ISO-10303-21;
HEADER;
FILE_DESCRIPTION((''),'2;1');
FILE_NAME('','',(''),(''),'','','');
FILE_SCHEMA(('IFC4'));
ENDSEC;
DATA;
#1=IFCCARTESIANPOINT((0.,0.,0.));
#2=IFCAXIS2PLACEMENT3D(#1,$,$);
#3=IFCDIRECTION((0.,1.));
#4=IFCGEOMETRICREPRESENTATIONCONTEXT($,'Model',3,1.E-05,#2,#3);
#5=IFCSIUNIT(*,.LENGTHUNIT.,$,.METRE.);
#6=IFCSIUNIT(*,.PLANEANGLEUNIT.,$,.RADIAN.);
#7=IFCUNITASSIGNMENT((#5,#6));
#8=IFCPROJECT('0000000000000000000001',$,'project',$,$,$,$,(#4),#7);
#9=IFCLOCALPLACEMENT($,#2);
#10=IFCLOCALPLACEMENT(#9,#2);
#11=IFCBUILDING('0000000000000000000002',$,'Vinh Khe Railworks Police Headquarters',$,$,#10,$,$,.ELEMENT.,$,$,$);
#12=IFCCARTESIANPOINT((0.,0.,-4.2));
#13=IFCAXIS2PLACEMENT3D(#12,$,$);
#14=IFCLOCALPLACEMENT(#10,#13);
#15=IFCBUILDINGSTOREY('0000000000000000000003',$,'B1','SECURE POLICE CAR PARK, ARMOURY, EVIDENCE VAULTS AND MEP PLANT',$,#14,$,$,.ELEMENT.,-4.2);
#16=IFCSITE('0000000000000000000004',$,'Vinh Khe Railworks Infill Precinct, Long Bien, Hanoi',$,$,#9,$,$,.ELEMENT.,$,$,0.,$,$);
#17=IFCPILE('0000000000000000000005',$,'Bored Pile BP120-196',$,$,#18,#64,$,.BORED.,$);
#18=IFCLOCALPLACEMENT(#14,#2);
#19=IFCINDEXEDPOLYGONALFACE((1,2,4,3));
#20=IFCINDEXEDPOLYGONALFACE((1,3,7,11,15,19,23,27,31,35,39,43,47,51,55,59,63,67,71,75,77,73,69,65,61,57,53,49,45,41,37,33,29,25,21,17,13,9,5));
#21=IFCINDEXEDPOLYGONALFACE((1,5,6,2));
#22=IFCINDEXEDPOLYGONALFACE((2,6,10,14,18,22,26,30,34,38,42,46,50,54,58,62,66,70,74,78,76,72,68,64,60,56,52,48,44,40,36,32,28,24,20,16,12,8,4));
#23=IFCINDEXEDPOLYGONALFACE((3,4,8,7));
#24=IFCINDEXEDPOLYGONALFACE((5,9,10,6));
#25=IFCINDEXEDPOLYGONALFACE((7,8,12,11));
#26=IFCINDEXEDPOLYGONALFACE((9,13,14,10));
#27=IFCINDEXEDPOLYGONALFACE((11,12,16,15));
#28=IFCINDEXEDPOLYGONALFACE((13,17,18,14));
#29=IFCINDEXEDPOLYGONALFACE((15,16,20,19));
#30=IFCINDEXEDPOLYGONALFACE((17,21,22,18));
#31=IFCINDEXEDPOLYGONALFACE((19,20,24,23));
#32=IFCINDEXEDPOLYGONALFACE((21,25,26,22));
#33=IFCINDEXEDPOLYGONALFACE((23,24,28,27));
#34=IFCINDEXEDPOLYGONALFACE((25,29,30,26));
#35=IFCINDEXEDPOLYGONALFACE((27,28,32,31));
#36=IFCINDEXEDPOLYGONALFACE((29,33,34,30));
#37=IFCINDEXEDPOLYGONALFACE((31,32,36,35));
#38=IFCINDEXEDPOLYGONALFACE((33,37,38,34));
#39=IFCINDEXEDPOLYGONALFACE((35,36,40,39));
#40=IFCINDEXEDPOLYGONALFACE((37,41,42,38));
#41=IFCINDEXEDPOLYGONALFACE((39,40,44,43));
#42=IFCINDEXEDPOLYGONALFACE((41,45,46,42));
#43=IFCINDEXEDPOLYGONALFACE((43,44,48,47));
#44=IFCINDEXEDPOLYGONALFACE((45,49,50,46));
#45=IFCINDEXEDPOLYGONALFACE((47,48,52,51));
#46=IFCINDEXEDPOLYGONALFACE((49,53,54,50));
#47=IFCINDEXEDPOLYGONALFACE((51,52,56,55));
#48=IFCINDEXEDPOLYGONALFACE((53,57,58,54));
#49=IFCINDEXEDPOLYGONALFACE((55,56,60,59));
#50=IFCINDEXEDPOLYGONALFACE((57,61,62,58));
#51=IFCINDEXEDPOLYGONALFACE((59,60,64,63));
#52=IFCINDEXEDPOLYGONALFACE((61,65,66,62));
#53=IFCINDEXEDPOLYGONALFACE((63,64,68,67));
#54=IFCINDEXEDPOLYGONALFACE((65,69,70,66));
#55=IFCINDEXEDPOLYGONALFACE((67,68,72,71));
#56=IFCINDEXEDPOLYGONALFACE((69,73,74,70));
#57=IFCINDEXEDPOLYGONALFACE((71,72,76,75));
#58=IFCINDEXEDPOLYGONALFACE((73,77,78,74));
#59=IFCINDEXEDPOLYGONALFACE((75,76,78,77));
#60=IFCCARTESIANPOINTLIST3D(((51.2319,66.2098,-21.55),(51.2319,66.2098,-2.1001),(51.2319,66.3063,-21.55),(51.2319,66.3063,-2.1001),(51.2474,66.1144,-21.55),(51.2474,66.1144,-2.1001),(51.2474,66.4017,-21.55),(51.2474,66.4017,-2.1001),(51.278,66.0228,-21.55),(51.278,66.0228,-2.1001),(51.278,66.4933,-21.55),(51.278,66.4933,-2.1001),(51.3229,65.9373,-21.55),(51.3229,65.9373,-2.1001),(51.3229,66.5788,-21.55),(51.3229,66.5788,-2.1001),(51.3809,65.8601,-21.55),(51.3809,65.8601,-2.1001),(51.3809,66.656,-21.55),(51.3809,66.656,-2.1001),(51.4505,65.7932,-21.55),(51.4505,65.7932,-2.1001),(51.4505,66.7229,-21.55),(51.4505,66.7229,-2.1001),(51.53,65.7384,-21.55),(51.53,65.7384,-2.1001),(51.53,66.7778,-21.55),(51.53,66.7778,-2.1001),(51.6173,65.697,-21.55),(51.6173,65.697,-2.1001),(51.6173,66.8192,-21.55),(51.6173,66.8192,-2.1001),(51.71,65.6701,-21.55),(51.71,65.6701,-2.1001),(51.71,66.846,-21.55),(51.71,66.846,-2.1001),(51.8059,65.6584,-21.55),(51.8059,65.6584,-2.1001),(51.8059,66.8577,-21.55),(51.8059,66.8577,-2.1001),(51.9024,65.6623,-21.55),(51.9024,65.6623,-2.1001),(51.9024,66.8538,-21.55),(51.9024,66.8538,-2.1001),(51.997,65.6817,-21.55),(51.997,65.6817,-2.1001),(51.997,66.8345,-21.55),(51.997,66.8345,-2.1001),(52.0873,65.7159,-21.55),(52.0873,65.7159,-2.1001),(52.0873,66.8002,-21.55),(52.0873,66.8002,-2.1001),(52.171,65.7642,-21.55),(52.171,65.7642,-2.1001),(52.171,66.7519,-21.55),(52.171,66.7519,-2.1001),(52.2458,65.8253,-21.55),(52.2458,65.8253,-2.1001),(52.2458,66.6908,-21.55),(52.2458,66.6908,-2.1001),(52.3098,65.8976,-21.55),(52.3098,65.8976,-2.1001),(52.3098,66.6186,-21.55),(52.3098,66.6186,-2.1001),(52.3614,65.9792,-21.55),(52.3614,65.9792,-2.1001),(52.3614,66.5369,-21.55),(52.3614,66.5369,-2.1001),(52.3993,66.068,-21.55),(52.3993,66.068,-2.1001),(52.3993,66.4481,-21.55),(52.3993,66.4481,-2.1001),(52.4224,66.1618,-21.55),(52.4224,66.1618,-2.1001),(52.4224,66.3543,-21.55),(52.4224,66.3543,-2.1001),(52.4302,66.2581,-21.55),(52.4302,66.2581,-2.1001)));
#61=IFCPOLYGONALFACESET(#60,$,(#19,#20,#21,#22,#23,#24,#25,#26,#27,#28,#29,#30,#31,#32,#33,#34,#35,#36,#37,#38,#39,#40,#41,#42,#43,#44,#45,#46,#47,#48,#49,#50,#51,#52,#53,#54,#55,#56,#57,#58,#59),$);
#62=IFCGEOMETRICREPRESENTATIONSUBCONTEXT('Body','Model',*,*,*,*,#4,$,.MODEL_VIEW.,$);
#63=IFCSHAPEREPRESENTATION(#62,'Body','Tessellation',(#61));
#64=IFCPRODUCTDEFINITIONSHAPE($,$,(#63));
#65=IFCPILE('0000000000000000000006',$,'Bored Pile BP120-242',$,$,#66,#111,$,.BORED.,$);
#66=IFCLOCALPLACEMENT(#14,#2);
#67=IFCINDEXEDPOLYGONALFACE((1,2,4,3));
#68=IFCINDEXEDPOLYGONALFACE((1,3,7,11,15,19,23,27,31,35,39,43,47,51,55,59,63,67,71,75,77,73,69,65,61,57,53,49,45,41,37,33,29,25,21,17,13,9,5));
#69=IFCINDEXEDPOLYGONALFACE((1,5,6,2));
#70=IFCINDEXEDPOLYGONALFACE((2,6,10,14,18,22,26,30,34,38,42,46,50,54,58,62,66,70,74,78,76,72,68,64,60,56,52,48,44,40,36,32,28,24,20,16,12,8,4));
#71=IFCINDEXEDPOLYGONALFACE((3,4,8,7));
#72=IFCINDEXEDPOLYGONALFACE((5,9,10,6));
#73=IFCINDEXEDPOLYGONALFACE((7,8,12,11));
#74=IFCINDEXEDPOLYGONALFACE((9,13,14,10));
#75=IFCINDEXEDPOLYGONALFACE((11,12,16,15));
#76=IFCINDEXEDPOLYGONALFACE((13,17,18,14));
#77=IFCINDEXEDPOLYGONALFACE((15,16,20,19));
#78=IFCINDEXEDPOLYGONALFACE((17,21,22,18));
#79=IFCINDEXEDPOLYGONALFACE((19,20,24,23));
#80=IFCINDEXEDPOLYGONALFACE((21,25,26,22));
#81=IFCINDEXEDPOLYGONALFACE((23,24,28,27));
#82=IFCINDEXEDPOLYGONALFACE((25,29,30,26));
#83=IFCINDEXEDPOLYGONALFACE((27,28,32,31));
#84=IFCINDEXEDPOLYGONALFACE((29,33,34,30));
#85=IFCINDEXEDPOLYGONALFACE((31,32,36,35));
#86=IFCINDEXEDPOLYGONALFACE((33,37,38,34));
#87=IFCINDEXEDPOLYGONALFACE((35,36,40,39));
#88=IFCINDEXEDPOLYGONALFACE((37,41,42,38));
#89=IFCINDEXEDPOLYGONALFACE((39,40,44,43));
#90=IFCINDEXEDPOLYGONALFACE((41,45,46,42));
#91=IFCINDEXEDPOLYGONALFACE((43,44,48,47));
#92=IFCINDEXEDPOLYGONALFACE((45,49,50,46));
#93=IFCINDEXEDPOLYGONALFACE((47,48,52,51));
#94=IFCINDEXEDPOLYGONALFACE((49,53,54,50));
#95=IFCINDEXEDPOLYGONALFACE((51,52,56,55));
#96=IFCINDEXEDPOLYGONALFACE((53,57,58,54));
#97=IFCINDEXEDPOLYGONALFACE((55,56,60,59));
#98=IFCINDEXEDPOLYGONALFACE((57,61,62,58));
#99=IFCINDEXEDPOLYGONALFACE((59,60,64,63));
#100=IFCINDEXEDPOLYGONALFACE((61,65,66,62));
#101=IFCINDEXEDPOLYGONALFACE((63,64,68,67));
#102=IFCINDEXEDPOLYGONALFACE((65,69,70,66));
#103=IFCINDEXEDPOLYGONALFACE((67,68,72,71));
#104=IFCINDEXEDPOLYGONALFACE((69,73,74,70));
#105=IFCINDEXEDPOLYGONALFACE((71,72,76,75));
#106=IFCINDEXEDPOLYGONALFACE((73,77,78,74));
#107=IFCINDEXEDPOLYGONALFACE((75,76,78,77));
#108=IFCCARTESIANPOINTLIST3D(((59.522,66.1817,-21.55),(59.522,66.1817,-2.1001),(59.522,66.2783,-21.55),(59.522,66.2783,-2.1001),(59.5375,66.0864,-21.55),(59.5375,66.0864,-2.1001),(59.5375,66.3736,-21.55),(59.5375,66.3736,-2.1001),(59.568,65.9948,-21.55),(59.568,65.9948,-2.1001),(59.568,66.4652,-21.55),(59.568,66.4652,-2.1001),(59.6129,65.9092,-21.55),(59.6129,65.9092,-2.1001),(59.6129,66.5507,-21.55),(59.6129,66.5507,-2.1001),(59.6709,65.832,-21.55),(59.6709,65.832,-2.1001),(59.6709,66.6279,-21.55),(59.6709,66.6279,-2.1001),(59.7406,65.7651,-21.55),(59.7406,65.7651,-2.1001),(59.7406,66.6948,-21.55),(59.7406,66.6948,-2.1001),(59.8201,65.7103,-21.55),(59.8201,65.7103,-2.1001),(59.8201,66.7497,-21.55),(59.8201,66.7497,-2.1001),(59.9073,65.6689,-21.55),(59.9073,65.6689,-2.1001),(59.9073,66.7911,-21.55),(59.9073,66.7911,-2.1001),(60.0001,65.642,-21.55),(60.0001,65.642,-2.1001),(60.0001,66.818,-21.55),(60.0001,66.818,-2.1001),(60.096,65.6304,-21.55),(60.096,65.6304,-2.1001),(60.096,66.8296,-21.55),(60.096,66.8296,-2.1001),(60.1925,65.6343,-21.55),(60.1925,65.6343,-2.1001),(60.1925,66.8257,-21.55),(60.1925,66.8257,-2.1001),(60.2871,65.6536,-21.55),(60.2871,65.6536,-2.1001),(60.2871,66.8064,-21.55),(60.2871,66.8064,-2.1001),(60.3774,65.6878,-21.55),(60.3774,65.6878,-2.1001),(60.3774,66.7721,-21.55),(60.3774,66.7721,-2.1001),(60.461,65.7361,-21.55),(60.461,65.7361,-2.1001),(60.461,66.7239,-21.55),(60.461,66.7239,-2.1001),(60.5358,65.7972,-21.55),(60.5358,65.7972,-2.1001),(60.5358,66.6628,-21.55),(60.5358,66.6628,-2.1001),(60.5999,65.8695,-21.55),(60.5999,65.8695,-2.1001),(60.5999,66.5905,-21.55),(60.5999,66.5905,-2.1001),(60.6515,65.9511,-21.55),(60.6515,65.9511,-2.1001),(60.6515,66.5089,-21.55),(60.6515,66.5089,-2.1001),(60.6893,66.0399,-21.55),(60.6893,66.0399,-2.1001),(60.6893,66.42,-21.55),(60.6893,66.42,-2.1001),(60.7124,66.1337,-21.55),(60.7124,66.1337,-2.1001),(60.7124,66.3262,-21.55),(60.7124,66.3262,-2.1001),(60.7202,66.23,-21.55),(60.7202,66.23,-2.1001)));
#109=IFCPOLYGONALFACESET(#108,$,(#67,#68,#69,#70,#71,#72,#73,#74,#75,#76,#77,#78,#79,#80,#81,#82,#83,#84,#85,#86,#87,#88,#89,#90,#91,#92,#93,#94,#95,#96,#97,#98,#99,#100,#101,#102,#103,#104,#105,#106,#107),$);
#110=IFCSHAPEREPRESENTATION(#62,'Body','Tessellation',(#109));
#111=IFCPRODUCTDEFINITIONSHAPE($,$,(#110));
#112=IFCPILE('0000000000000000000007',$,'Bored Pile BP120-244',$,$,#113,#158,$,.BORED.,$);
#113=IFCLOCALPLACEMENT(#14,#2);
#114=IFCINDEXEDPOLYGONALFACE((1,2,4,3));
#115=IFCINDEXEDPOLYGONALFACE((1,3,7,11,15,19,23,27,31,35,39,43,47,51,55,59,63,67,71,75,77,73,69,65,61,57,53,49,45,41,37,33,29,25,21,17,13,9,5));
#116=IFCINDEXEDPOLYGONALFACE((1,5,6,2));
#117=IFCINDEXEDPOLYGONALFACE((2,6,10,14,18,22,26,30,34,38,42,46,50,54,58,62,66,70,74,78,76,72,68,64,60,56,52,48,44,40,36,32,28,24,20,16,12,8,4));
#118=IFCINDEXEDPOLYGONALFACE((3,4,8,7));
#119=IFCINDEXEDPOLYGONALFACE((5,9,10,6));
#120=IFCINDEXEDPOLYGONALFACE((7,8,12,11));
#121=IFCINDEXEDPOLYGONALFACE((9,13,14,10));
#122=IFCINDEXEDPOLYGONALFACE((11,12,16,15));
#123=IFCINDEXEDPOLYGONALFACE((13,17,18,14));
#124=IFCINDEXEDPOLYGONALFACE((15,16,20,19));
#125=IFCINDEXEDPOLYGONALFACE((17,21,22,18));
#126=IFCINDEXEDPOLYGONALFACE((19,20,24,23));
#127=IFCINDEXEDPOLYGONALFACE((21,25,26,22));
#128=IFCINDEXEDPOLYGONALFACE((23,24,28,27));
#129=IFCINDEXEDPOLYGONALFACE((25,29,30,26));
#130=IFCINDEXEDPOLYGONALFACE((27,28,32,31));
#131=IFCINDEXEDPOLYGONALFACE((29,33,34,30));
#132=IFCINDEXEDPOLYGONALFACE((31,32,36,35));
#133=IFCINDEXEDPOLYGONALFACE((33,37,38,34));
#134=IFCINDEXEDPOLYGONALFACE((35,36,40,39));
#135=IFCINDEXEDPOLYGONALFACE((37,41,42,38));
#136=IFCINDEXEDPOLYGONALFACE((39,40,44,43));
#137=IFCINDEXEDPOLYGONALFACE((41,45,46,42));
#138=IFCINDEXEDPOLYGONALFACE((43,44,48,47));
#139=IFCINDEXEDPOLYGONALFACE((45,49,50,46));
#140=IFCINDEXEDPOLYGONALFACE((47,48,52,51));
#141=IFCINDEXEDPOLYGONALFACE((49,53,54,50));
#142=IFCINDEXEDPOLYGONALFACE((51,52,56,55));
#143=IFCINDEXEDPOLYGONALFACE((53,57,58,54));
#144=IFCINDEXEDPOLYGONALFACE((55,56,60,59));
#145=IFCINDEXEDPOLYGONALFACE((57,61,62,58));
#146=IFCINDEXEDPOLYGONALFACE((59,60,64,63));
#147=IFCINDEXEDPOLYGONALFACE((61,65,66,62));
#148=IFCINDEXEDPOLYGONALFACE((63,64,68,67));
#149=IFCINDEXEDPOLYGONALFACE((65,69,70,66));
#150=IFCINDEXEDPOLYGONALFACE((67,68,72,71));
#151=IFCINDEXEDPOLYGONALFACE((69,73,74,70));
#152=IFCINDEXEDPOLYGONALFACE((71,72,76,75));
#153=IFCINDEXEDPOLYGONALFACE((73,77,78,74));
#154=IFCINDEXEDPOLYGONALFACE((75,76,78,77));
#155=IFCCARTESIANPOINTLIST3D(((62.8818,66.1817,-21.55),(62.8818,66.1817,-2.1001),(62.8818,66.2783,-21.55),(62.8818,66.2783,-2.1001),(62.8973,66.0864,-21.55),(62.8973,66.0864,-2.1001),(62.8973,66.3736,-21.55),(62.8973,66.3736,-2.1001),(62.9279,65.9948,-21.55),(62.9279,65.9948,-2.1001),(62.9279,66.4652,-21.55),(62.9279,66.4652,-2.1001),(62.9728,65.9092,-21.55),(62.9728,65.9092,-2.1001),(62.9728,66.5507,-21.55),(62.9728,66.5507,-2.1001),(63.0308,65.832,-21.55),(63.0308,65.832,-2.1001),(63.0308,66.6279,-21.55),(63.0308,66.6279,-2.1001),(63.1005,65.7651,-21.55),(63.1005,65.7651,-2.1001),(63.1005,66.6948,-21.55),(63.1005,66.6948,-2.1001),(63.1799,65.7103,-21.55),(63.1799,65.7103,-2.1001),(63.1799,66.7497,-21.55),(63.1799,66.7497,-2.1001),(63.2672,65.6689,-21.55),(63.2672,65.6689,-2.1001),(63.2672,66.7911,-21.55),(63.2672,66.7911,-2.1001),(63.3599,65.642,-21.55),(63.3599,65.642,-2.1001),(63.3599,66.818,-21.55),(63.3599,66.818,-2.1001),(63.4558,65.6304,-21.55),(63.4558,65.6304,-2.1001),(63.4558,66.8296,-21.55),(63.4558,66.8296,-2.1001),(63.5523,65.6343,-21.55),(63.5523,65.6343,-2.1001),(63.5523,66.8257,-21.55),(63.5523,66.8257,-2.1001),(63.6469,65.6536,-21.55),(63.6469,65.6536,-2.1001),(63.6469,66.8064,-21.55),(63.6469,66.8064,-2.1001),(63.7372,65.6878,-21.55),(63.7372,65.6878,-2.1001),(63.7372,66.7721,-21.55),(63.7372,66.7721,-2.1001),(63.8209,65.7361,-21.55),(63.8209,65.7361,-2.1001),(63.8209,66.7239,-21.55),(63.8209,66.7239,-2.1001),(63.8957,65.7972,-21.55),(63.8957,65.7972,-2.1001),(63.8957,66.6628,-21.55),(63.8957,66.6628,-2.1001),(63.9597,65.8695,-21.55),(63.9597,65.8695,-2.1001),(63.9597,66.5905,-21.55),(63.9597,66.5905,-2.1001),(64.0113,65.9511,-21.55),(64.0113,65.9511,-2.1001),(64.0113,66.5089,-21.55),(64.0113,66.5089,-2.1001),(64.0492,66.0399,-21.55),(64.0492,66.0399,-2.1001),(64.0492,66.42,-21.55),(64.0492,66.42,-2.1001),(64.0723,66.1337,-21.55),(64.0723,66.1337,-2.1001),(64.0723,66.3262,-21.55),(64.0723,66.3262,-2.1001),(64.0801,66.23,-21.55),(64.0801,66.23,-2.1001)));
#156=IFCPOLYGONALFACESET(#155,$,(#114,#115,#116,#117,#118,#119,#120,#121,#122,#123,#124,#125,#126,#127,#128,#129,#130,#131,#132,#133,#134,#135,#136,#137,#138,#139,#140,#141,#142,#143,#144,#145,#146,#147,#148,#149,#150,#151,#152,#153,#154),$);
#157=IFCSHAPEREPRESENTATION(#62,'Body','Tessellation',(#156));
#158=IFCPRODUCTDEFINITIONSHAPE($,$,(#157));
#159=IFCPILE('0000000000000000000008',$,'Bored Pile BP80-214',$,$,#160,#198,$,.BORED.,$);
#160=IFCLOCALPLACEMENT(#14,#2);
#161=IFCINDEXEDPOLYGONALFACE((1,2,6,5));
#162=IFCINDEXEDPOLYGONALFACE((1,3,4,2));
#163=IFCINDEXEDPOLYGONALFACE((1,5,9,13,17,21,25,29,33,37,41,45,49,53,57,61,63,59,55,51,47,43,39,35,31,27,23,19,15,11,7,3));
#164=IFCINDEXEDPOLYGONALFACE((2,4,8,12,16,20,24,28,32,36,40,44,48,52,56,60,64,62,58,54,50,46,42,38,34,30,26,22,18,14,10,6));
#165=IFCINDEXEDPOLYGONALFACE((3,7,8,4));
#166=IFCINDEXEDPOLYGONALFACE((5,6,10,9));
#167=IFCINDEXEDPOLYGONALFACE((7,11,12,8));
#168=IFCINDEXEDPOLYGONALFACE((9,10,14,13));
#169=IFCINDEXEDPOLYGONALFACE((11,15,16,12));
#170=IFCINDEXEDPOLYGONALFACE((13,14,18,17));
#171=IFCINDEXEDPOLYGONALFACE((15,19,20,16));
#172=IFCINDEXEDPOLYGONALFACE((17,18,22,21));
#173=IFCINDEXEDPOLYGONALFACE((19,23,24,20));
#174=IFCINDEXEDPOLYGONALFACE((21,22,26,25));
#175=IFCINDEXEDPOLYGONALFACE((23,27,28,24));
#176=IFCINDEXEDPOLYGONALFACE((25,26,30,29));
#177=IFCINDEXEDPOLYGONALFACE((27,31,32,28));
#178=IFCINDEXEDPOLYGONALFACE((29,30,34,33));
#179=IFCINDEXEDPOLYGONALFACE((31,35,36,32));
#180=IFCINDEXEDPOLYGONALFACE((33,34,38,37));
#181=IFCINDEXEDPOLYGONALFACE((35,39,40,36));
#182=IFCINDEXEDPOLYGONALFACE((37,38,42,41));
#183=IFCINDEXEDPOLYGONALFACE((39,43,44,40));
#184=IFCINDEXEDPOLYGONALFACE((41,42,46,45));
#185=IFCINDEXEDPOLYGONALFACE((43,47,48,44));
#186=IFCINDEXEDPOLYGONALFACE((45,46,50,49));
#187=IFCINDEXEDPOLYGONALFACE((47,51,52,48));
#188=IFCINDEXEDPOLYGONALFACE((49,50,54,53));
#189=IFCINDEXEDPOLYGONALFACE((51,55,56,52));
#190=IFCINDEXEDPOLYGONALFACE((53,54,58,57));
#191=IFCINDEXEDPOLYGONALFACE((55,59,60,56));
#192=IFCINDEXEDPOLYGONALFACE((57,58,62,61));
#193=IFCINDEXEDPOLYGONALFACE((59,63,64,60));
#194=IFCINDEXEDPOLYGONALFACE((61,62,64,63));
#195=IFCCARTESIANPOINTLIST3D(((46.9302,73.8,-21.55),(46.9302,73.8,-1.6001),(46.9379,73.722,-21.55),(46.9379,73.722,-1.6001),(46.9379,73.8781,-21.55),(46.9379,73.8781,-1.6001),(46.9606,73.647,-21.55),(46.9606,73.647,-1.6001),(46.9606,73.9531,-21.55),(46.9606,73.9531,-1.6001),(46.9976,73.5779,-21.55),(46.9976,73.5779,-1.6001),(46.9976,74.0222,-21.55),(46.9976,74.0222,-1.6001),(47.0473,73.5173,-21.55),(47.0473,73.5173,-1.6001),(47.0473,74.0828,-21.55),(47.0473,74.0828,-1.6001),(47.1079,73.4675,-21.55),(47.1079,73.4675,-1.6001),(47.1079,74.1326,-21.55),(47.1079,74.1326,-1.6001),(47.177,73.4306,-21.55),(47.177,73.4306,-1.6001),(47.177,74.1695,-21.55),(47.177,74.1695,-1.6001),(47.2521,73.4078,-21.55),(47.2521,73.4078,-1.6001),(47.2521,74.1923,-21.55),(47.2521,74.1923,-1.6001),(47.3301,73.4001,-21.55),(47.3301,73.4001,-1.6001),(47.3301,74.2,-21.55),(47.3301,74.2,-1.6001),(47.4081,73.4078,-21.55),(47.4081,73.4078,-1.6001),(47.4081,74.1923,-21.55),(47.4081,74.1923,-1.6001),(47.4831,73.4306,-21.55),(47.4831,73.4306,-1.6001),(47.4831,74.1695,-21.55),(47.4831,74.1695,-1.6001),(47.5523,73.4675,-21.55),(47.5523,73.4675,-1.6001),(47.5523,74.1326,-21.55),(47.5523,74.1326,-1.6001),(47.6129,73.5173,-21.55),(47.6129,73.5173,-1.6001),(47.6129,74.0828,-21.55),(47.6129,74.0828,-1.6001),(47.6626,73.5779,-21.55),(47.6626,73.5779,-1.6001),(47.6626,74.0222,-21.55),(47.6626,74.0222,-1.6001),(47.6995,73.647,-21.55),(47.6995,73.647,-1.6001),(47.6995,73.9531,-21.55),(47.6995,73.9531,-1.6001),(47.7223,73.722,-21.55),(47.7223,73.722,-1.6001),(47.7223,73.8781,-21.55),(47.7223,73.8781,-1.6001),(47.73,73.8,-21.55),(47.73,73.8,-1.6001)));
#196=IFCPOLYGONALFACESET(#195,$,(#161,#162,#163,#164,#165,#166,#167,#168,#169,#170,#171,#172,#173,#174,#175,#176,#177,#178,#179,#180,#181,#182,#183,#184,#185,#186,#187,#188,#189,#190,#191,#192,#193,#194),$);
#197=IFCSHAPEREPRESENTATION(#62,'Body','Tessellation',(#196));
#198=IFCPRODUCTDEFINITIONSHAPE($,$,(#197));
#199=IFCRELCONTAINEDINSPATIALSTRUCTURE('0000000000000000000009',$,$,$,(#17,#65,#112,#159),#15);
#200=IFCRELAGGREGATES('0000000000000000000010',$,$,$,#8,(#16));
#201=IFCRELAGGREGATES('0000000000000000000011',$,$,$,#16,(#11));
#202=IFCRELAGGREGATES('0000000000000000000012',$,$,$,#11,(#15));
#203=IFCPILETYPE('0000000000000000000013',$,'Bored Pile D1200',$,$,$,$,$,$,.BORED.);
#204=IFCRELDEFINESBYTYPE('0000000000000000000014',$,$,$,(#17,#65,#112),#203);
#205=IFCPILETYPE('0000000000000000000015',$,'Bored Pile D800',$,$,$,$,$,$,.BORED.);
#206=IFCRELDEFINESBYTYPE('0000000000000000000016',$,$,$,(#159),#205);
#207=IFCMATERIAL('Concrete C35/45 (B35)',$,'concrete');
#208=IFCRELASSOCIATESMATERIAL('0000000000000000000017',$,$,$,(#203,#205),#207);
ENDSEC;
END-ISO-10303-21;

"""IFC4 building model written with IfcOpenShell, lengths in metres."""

from ifc_helpers import new_model, si_unit, direction, frame, origin, origin_2d, place, context, subcontext, project, spatial, circle, extrude, material, material_profile, profile_set, type_object, element, save


model = new_model("IFC4")

# Units and contexts
model_context = context("Model", 3, precision=1e-05, world=origin(), true_north=direction((0.0, 1.0)))
body_context = subcontext(model_context, "Body", "Model", "MODEL_VIEW")
ifc_project = project(units=[si_unit("LENGTHUNIT", "METRE"), si_unit("PLANEANGLEUNIT", "RADIAN")], contexts=[model_context])

# Site, building, storey
site_placement = place(None, origin())
site = spatial("IfcSite", under=ifc_project, at=site_placement, Name="Vinh Khe Railworks Infill Precinct, Long Bien, Hanoi", CompositionType="ELEMENT", RefElevation=0.0)
building_placement = place(site_placement, origin())
building = spatial("IfcBuilding", under=site, at=building_placement, Name="Vinh Khe Railworks Police Headquarters", CompositionType="ELEMENT")
storey_placement = place(building_placement, frame((0.0, 0.0, -4.2)))
storey = spatial("IfcBuildingStorey", under=building, at=storey_placement, Name="B1", Description="SECURE POLICE CAR PARK, ARMOURY, EVIDENCE VAULTS AND MEP PLANT", CompositionType="ELEMENT", Elevation=-4.2)

# Piles
ifc_material_1 = material(Name="Concrete C35/45 (B35)", Category="concrete")
ifc_material_profile_1 = material_profile(ifc_material_1, circle(Radius=0.6001, at=origin_2d()), Name="BORED PILE D1200")
ifc_profile_set_1 = profile_set([ifc_material_profile_1], Name="Concrete C35/45 (B35)")
pile_type_1 = type_object("IfcPileType", Name="Bored Pile D1200", PredefinedType="BORED", material=ifc_profile_set_1)
for number, where, z_axis, x_axis, name in (
    (1, (51.8301, 66.2581, -2.1001), (0.0, 0.0, -1.0), (1.0, 0.0, 0.0), "Bored Pile BP120-196"),
    (2, (60.1201, 66.23, -2.1001), (0.0, 0.0, -1.0), (1.0, 0.0, 0.0), "Bored Pile BP120-242"),
    (3, (63.48, 66.23, -2.1001), (0.0, 0.0, -1.0), (1.0, 0.0, 0.0), "Bored Pile BP120-244"),
):
    element("IfcPile", number, at=place(storey_placement, frame(where, z_axis=z_axis, x_axis=x_axis)), inside=storey, type_object=pile_type_1, Name=name, PredefinedType="BORED", context=body_context, shape_type="SweptSolid", body=[
        extrude(circle(Radius=0.6001, at=origin_2d()), origin(), (0.0, 0.0, 1.0), 19.45),
    ])
ifc_material_profile_2 = material_profile(ifc_material_1, circle(Radius=0.3999, at=origin_2d()), Name="BORED PILE D800")
ifc_profile_set_2 = profile_set([ifc_material_profile_2], Name="Concrete C35/45 (B35)")
pile_type_2 = type_object("IfcPileType", Name="Bored Pile D800", PredefinedType="BORED", material=ifc_profile_set_2)
for number, where, z_axis, x_axis, name in (
    (4, (47.3301, 73.8, -1.6001), (0.0, 0.0, -1.0), (1.0, 0.0, 0.0), "Bored Pile BP80-214"),
):
    element("IfcPile", number, at=place(storey_placement, frame(where, z_axis=z_axis, x_axis=x_axis)), inside=storey, type_object=pile_type_2, Name=name, PredefinedType="BORED", context=body_context, shape_type="SweptSolid", body=[
        extrude(circle(Radius=0.3999, at=origin_2d()), origin(), (0.0, 0.0, 1.0), 19.95),
    ])

save(model, "model.ifc")
